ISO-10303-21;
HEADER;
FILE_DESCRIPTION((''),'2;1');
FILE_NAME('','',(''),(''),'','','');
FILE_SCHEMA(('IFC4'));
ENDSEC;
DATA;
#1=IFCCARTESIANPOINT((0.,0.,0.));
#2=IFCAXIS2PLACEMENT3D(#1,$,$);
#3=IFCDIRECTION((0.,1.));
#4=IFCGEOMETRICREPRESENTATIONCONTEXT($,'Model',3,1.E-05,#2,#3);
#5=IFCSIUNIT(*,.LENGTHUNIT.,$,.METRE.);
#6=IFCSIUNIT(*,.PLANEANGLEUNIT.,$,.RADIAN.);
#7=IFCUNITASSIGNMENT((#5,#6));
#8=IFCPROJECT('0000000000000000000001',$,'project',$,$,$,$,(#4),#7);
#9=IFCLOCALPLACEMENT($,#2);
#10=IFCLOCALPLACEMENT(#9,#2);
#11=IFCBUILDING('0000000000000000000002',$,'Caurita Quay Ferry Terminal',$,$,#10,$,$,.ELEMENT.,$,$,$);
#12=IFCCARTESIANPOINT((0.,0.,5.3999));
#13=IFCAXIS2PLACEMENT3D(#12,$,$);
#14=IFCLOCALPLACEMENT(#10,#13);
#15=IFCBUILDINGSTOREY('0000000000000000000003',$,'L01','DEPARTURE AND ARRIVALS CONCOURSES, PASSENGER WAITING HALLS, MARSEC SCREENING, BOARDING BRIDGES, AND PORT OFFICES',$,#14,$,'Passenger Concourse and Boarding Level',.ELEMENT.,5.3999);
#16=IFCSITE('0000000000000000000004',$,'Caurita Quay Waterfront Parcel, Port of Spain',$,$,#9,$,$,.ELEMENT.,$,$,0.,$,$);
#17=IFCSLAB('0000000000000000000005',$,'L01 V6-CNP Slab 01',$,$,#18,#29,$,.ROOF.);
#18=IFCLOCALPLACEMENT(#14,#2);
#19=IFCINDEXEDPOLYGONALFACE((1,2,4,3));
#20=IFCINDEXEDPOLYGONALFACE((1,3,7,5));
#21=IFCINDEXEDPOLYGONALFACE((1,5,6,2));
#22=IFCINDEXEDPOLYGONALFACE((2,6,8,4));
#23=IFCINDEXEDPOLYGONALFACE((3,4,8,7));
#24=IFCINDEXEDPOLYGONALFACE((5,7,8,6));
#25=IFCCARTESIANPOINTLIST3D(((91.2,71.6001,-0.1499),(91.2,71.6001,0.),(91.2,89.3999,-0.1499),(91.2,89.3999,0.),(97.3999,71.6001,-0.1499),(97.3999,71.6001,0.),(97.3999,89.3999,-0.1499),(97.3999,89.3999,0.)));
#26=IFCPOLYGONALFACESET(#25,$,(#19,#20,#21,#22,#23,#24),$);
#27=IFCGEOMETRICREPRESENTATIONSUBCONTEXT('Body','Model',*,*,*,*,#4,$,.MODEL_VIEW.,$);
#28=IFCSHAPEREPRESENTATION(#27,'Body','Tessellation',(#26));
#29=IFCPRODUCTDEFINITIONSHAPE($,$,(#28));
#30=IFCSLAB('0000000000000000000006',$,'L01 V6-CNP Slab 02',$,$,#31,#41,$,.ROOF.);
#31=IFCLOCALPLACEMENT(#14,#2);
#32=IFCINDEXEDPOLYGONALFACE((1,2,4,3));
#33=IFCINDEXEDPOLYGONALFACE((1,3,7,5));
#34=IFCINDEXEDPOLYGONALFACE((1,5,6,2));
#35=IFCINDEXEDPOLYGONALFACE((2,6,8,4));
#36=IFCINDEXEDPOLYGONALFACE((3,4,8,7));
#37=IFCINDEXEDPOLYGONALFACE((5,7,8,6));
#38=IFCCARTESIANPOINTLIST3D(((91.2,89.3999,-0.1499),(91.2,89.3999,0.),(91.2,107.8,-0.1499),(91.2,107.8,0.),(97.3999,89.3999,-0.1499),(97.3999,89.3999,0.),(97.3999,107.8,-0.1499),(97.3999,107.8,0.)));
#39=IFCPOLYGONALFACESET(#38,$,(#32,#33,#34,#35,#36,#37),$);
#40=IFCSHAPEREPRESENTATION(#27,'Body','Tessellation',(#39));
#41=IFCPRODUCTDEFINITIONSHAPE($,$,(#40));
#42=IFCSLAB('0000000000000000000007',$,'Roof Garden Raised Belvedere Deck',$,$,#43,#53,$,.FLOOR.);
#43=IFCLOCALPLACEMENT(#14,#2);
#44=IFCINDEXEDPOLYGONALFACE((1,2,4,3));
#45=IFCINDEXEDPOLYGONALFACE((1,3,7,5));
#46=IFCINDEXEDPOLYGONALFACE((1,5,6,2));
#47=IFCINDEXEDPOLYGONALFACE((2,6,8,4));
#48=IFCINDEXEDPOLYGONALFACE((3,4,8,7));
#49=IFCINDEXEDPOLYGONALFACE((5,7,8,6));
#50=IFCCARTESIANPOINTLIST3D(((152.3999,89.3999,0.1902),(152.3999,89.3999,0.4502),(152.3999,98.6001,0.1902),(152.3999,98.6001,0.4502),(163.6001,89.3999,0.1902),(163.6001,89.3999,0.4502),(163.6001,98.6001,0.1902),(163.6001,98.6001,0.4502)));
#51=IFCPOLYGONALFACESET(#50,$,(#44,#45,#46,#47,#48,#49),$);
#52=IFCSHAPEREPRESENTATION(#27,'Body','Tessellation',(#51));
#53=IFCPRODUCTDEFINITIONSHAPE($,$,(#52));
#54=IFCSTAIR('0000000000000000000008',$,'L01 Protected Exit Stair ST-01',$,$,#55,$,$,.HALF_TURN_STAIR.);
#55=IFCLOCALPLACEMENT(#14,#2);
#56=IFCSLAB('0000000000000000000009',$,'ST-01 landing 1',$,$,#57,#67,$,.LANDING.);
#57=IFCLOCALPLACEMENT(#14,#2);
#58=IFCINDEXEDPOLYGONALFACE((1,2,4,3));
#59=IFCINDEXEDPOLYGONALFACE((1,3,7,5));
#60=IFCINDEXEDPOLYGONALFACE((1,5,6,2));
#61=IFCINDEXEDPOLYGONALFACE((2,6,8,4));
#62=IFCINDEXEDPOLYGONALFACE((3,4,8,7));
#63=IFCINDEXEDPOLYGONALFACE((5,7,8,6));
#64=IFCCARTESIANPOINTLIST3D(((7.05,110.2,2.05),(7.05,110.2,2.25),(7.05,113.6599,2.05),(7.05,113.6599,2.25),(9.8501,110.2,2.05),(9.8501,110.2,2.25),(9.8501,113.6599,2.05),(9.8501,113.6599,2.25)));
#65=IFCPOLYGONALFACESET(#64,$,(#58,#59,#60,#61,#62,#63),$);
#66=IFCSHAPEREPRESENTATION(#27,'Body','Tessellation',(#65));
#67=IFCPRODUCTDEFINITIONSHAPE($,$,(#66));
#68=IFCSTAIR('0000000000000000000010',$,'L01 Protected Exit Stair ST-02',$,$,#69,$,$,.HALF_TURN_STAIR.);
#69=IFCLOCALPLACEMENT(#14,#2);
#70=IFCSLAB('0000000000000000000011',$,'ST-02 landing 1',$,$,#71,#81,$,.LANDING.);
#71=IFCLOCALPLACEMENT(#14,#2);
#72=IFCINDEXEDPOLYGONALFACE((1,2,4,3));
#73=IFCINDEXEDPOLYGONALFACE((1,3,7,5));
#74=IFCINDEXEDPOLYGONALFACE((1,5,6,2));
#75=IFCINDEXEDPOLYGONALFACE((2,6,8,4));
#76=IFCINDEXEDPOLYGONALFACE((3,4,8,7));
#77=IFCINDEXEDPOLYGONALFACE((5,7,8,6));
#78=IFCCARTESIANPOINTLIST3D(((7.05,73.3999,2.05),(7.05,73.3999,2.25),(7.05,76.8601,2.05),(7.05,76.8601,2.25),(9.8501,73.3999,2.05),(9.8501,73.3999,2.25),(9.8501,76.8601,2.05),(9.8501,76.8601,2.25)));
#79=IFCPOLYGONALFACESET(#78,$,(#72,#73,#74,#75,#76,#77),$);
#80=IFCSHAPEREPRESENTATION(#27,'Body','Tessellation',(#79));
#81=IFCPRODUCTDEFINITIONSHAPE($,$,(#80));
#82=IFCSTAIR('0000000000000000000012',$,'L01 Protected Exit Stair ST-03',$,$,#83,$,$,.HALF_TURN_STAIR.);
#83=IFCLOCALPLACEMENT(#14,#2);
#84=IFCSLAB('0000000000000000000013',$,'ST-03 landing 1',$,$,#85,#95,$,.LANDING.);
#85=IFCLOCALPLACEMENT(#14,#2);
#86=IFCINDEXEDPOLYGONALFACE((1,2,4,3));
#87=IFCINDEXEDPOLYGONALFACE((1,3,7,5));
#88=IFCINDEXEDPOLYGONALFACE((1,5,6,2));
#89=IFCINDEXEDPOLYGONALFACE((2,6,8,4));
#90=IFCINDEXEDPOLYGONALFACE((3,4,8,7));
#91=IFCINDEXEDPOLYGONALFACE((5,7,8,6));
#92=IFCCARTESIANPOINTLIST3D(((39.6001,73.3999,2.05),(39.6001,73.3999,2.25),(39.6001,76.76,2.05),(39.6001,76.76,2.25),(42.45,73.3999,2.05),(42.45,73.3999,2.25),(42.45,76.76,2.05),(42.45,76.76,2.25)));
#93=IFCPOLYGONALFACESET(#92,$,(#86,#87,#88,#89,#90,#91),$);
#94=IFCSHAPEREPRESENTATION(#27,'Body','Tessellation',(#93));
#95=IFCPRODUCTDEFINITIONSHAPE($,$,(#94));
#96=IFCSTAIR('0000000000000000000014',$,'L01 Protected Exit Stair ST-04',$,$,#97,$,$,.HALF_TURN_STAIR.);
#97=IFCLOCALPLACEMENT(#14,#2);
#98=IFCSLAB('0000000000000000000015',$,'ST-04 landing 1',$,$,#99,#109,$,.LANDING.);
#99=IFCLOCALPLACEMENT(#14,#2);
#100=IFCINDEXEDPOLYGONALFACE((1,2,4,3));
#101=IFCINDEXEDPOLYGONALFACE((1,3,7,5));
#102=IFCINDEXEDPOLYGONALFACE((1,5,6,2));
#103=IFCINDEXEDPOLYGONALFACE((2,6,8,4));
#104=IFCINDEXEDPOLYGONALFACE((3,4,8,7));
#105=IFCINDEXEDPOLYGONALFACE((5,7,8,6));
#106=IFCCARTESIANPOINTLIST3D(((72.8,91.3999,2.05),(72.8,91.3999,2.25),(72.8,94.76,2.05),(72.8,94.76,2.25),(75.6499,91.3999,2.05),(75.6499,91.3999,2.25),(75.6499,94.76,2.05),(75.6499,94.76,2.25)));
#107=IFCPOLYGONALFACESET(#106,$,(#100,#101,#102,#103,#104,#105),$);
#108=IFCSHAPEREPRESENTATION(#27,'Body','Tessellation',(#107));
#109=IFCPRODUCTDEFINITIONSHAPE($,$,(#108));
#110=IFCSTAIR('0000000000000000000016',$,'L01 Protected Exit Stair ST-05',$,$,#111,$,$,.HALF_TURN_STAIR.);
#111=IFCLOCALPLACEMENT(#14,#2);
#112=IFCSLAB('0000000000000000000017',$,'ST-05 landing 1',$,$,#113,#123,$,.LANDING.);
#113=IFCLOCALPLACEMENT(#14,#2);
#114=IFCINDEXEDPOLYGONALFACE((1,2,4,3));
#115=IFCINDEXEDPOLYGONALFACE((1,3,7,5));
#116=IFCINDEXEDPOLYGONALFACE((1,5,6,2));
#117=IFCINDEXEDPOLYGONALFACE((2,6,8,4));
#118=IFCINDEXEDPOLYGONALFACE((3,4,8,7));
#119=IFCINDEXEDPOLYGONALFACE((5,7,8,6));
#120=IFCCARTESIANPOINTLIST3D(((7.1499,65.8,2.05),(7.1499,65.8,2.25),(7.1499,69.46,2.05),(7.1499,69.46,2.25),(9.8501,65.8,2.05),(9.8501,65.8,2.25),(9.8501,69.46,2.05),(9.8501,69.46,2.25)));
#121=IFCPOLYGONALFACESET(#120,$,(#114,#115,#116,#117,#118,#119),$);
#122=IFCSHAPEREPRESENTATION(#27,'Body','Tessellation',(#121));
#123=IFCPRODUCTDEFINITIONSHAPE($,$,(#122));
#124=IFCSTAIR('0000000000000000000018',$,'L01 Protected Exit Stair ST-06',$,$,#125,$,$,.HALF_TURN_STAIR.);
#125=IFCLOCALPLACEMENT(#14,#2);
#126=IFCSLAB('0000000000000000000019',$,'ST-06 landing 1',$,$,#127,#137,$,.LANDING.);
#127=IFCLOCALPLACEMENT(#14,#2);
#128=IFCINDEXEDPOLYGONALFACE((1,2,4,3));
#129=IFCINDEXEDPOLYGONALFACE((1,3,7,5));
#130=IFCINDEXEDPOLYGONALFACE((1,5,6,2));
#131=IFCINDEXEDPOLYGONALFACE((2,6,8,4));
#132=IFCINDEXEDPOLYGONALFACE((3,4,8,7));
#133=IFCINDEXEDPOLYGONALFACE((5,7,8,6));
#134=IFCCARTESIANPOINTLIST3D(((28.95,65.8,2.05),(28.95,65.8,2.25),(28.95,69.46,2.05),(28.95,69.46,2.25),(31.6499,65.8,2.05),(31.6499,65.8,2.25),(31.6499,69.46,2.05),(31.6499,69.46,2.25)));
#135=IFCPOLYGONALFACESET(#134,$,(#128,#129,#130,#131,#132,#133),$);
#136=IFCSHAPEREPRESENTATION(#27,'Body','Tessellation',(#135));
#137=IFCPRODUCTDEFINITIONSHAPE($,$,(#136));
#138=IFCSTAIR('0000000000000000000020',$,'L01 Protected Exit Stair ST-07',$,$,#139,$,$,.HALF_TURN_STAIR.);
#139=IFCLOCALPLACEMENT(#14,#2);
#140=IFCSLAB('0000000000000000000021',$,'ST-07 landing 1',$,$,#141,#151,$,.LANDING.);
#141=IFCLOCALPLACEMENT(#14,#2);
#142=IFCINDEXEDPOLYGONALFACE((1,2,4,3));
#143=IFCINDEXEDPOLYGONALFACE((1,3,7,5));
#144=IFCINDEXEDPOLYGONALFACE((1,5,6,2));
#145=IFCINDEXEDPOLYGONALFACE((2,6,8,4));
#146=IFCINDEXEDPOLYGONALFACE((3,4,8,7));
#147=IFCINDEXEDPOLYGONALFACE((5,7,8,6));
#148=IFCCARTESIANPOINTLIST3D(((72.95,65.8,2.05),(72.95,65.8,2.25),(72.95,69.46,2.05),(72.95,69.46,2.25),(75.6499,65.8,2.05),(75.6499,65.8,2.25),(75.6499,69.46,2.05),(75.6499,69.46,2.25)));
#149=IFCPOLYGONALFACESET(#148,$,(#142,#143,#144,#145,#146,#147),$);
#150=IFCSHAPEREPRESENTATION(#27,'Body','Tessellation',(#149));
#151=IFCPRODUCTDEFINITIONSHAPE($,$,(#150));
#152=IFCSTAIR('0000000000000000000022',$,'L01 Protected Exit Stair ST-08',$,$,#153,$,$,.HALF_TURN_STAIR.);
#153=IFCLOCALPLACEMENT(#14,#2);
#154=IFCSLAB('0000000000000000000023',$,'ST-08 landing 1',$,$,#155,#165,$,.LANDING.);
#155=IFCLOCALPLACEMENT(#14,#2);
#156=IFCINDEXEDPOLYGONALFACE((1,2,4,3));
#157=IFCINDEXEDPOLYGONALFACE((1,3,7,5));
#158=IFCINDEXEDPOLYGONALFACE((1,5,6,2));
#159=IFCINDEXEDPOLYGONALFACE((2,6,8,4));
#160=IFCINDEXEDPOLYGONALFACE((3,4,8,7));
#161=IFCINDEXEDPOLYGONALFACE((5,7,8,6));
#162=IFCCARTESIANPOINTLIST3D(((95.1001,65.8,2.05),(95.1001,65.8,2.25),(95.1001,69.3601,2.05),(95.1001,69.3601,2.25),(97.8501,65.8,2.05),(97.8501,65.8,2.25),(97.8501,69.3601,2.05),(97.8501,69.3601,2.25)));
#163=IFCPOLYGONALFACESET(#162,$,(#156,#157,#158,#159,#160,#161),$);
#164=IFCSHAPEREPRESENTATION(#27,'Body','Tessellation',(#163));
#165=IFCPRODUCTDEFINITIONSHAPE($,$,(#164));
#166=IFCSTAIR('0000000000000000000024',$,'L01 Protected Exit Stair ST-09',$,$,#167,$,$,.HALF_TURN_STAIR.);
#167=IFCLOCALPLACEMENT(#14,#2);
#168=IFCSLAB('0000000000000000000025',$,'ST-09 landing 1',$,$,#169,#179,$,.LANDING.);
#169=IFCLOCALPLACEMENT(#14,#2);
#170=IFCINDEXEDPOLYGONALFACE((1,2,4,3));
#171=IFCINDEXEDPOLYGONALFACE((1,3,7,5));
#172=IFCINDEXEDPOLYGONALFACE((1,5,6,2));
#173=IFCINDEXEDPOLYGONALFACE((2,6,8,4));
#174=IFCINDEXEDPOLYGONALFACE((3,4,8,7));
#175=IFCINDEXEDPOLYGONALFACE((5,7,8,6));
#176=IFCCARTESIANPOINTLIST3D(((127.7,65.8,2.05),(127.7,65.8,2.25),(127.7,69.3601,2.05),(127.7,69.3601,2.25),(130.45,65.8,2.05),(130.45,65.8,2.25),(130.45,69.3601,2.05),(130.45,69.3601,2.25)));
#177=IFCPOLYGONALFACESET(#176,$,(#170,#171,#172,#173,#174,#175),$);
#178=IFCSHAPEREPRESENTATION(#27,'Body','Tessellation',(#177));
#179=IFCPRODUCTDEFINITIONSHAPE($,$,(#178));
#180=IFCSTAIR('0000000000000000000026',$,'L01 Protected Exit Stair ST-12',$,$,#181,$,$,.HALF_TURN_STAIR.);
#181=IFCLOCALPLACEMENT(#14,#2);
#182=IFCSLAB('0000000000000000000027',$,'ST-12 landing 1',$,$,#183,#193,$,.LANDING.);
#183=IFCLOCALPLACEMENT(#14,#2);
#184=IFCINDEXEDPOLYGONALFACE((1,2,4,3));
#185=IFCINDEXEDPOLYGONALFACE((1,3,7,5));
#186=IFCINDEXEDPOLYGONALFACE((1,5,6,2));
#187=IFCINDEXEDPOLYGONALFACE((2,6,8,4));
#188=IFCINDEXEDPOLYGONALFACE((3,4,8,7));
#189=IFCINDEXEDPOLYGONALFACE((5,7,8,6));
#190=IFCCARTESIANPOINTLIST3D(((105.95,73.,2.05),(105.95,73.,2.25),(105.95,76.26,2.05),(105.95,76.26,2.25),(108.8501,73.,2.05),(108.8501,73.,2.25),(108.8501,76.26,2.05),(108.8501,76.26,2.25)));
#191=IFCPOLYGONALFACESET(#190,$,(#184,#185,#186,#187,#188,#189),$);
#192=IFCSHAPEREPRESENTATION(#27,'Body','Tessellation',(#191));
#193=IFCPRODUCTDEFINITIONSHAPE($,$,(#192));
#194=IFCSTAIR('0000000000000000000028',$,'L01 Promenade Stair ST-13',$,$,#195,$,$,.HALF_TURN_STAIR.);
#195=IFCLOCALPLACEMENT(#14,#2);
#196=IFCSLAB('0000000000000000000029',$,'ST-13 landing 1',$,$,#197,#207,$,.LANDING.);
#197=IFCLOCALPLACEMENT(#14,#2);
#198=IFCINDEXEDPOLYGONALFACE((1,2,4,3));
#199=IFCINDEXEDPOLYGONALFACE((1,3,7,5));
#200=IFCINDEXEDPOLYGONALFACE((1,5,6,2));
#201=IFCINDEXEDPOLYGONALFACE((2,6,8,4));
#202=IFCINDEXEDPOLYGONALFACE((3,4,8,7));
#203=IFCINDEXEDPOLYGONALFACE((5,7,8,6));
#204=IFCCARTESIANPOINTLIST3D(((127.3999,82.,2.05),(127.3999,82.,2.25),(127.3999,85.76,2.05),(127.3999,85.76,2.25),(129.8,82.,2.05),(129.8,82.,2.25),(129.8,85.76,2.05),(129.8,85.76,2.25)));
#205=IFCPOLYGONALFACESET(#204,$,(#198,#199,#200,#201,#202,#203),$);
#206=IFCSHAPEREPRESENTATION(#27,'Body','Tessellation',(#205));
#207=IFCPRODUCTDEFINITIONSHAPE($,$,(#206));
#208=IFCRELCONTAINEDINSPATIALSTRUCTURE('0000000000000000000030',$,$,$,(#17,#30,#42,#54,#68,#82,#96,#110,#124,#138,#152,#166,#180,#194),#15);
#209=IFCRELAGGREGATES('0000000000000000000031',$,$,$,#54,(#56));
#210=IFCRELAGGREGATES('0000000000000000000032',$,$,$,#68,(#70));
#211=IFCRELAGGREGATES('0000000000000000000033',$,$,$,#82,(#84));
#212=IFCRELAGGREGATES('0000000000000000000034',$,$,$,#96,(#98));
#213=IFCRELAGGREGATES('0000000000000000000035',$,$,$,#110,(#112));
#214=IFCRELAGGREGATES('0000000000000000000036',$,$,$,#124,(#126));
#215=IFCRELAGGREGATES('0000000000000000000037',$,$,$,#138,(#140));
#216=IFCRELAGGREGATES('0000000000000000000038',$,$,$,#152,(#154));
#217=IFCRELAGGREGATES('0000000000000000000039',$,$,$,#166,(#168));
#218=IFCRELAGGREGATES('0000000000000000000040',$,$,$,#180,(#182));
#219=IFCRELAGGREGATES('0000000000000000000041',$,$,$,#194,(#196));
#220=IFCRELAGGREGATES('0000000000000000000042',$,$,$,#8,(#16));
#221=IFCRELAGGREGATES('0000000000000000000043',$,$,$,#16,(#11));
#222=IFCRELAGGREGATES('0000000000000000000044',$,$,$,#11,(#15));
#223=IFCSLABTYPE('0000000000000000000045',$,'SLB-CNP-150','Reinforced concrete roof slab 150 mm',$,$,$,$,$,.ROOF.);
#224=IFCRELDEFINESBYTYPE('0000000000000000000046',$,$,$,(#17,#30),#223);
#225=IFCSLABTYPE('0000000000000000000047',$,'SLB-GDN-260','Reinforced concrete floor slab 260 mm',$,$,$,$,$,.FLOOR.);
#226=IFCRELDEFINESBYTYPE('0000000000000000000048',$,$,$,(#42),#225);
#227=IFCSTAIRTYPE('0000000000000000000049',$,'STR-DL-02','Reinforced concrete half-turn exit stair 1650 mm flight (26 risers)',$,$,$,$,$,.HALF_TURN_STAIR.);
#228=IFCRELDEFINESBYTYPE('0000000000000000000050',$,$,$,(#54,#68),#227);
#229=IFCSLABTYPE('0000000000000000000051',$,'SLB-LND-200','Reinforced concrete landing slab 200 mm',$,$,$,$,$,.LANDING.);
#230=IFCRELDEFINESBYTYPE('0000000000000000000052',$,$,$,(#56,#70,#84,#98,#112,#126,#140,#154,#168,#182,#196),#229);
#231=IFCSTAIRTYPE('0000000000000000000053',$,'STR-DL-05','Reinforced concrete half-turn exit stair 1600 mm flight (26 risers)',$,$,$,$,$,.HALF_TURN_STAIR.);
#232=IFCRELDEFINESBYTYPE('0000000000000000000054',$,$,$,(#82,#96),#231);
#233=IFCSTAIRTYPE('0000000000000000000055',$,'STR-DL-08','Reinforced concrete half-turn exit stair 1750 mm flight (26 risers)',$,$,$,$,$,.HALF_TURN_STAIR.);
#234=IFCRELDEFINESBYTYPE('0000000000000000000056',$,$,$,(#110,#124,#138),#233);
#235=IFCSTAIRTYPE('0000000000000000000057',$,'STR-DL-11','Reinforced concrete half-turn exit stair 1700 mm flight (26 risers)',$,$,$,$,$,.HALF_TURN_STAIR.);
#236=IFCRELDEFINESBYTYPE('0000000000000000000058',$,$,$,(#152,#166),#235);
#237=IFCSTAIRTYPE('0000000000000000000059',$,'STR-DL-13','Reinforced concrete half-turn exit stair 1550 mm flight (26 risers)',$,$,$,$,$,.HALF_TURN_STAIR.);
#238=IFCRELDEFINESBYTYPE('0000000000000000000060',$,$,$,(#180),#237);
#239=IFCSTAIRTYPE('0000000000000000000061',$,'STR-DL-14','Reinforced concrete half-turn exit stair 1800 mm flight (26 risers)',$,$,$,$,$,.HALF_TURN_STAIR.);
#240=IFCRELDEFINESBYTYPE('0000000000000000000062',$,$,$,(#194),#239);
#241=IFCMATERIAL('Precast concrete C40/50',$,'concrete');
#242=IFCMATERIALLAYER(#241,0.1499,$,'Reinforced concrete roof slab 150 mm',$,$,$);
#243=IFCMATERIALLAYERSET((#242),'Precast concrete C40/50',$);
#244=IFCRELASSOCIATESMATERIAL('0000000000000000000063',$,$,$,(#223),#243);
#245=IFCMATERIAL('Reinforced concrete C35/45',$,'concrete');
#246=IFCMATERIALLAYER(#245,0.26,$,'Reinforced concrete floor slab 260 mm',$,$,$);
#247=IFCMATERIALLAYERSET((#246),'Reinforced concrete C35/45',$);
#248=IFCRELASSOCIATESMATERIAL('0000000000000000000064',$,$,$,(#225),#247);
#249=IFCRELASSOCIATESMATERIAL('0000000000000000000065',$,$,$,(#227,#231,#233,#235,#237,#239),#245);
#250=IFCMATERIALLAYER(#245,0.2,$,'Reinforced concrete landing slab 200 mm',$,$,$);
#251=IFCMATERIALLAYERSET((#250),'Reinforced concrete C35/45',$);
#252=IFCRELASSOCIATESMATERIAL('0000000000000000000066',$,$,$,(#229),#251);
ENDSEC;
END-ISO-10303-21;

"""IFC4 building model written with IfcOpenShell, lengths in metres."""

from ifc_helpers import new_model, si_unit, direction, frame, origin, place, context, subcontext, project, spatial, polyline, outline, extrude, material, layer, layer_set, type_object, element, aggregate, save


model = new_model("IFC4")

# Units and contexts
model_context = context("Model", 3, precision=1e-05, world=origin(), true_north=direction((0.0, 1.0)))
body_context = subcontext(model_context, "Body", "Model", "MODEL_VIEW")
ifc_project = project(units=[si_unit("LENGTHUNIT", "METRE"), si_unit("PLANEANGLEUNIT", "RADIAN")], contexts=[model_context])

# Site, building, storey
site_placement = place(None, origin())
site = spatial("IfcSite", under=ifc_project, at=site_placement, Name="Caurita Quay Waterfront Parcel, Port of Spain", CompositionType="ELEMENT", RefElevation=0.0)
building_placement = place(site_placement, origin())
building = spatial("IfcBuilding", under=site, at=building_placement, Name="Caurita Quay Ferry Terminal", CompositionType="ELEMENT")
storey_placement = place(building_placement, frame((0.0, 0.0, 5.3999)))
storey = spatial("IfcBuildingStorey", under=building, at=storey_placement, Name="L01", Description="DEPARTURE AND ARRIVALS CONCOURSES, PASSENGER WAITING HALLS, MARSEC SCREENING, BOARDING BRIDGES, AND PORT OFFICES", LongName="Passenger Concourse and Boarding Level", CompositionType="ELEMENT", Elevation=5.3999)

# Slabs
ifc_material_1 = material(Name="Precast concrete C40/50", Category="concrete")
ifc_layer_1 = layer(ifc_material_1, 0.1499, Name="Reinforced concrete roof slab 150 mm")
ifc_layer_set_1 = layer_set([ifc_layer_1], Name="Precast concrete C40/50")
slab_type_1 = type_object("IfcSlabType", Name="SLB-CNP-150", Description="Reinforced concrete roof slab 150 mm", PredefinedType="ROOF", material=ifc_layer_set_1)
slab_1_placement = place(storey_placement, frame((0.0, 0.0, -0.1499)))
element("IfcSlab", 1, at=slab_1_placement, inside=storey, type_object=slab_type_1, Name="L01 V6-CNP Slab 01", PredefinedType="ROOF", context=body_context, shape_type="SweptSolid", body=[
    extrude(outline(polyline([(91.2, 71.6001), (97.3999, 71.6001), (97.3999, 89.3999), (91.2, 89.3999), (91.2, 71.6001)])), origin(), (0.0, 0.0, 1.0), 0.1499),
])
slab_2_placement = place(storey_placement, frame((0.0, 0.0, -0.1499)))
element("IfcSlab", 2, at=slab_2_placement, inside=storey, type_object=slab_type_1, Name="L01 V6-CNP Slab 02", PredefinedType="ROOF", context=body_context, shape_type="SweptSolid", body=[
    extrude(outline(polyline([(91.2, 89.3999), (97.3999, 89.3999), (97.3999, 107.8), (91.2, 107.8), (91.2, 89.3999)])), origin(), (0.0, 0.0, 1.0), 0.1499),
])
ifc_material_2 = material(Name="Reinforced concrete C35/45", Category="concrete")
ifc_layer_2 = layer(ifc_material_2, 0.26, Name="Reinforced concrete floor slab 260 mm")
ifc_layer_set_2 = layer_set([ifc_layer_2], Name="Reinforced concrete C35/45")
slab_type_2 = type_object("IfcSlabType", Name="SLB-GDN-260", Description="Reinforced concrete floor slab 260 mm", PredefinedType="FLOOR", material=ifc_layer_set_2)
slab_3_placement = place(storey_placement, frame((0.0, 0.0, 0.1902)))
element("IfcSlab", 3, at=slab_3_placement, inside=storey, type_object=slab_type_2, Name="Roof Garden Raised Belvedere Deck", PredefinedType="FLOOR", context=body_context, shape_type="SweptSolid", body=[
    extrude(outline(polyline([(152.3999, 89.3999), (163.6001, 89.3999), (163.6001, 98.6001), (152.3999, 98.6001), (152.3999, 89.3999)])), origin(), (0.0, 0.0, 1.0), 0.26),
])

# Stairs, slabs
stair_type_1 = type_object("IfcStairType", Name="STR-DL-02", Description="Reinforced concrete half-turn exit stair 1650 mm flight (26 risers)", PredefinedType="HALF_TURN_STAIR", material=ifc_material_2)
stair_1_placement = place(storey_placement, origin())
stair_1 = element("IfcStair", 4, at=stair_1_placement, inside=storey, type_object=stair_type_1, Name="L01 Protected Exit Stair ST-01", PredefinedType="HALF_TURN_STAIR")
ifc_layer_3 = layer(ifc_material_2, 0.2, Name="Reinforced concrete landing slab 200 mm")
ifc_layer_set_3 = layer_set([ifc_layer_3], Name="Reinforced concrete C35/45")
slab_type_3 = type_object("IfcSlabType", Name="SLB-LND-200", Description="Reinforced concrete landing slab 200 mm", PredefinedType="LANDING", material=ifc_layer_set_3)
slab_4_placement = place(storey_placement, frame((0.0, 0.0, 2.05)))
slab_4 = element("IfcSlab", 5, at=slab_4_placement, type_object=slab_type_3, Name="ST-01 landing 1", PredefinedType="LANDING", context=body_context, shape_type="SweptSolid", body=[
    extrude(outline(polyline([(7.05, 110.2), (9.8501, 110.2), (9.8501, 113.6599), (7.05, 113.6599), (7.05, 110.2)])), origin(), (0.0, 0.0, 1.0), 0.2),
])
aggregate(stair_1, [slab_4])
stair_2_placement = place(storey_placement, origin())
stair_2 = element("IfcStair", 6, at=stair_2_placement, inside=storey, type_object=stair_type_1, Name="L01 Protected Exit Stair ST-02", PredefinedType="HALF_TURN_STAIR")
slab_5_placement = place(storey_placement, frame((0.0, 0.0, 2.05)))
slab_5 = element("IfcSlab", 7, at=slab_5_placement, type_object=slab_type_3, Name="ST-02 landing 1", PredefinedType="LANDING", context=body_context, shape_type="SweptSolid", body=[
    extrude(outline(polyline([(7.05, 73.3999), (9.8501, 73.3999), (9.8501, 76.8601), (7.05, 76.8601), (7.05, 73.3999)])), origin(), (0.0, 0.0, 1.0), 0.2),
])
aggregate(stair_2, [slab_5])
stair_type_2 = type_object("IfcStairType", Name="STR-DL-05", Description="Reinforced concrete half-turn exit stair 1600 mm flight (26 risers)", PredefinedType="HALF_TURN_STAIR", material=ifc_material_2)
stair_3_placement = place(storey_placement, origin())
stair_3 = element("IfcStair", 8, at=stair_3_placement, inside=storey, type_object=stair_type_2, Name="L01 Protected Exit Stair ST-03", PredefinedType="HALF_TURN_STAIR")
slab_6_placement = place(storey_placement, frame((0.0, 0.0, 2.05)))
slab_6 = element("IfcSlab", 9, at=slab_6_placement, type_object=slab_type_3, Name="ST-03 landing 1", PredefinedType="LANDING", context=body_context, shape_type="SweptSolid", body=[
    extrude(outline(polyline([(39.6001, 73.3999), (42.45, 73.3999), (42.45, 76.76), (39.6001, 76.76), (39.6001, 73.3999)])), origin(), (0.0, 0.0, 1.0), 0.2),
])
aggregate(stair_3, [slab_6])
stair_4_placement = place(storey_placement, origin())
stair_4 = element("IfcStair", 10, at=stair_4_placement, inside=storey, type_object=stair_type_2, Name="L01 Protected Exit Stair ST-04", PredefinedType="HALF_TURN_STAIR")
slab_7_placement = place(storey_placement, frame((0.0, 0.0, 2.05)))
slab_7 = element("IfcSlab", 11, at=slab_7_placement, type_object=slab_type_3, Name="ST-04 landing 1", PredefinedType="LANDING", context=body_context, shape_type="SweptSolid", body=[
    extrude(outline(polyline([(72.8, 91.3999), (75.6499, 91.3999), (75.6499, 94.76), (72.8, 94.76), (72.8, 91.3999)])), origin(), (0.0, 0.0, 1.0), 0.2),
])
aggregate(stair_4, [slab_7])
stair_type_3 = type_object("IfcStairType", Name="STR-DL-08", Description="Reinforced concrete half-turn exit stair 1750 mm flight (26 risers)", PredefinedType="HALF_TURN_STAIR", material=ifc_material_2)
stair_5_placement = place(storey_placement, origin())
stair_5 = element("IfcStair", 12, at=stair_5_placement, inside=storey, type_object=stair_type_3, Name="L01 Protected Exit Stair ST-05", PredefinedType="HALF_TURN_STAIR")
slab_8_placement = place(storey_placement, frame((0.0, 0.0, 2.05)))
slab_8 = element("IfcSlab", 13, at=slab_8_placement, type_object=slab_type_3, Name="ST-05 landing 1", PredefinedType="LANDING", context=body_context, shape_type="SweptSolid", body=[
    extrude(outline(polyline([(7.1499, 65.8), (9.8501, 65.8), (9.8501, 69.46), (7.1499, 69.46), (7.1499, 65.8)])), origin(), (0.0, 0.0, 1.0), 0.2),
])
aggregate(stair_5, [slab_8])
stair_6_placement = place(storey_placement, origin())
stair_6 = element("IfcStair", 14, at=stair_6_placement, inside=storey, type_object=stair_type_3, Name="L01 Protected Exit Stair ST-06", PredefinedType="HALF_TURN_STAIR")
slab_9_placement = place(storey_placement, frame((0.0, 0.0, 2.05)))
slab_9 = element("IfcSlab", 15, at=slab_9_placement, type_object=slab_type_3, Name="ST-06 landing 1", PredefinedType="LANDING", context=body_context, shape_type="SweptSolid", body=[
    extrude(outline(polyline([(28.95, 65.8), (31.6499, 65.8), (31.6499, 69.46), (28.95, 69.46), (28.95, 65.8)])), origin(), (0.0, 0.0, 1.0), 0.2),
])
aggregate(stair_6, [slab_9])
stair_7_placement = place(storey_placement, origin())
stair_7 = element("IfcStair", 16, at=stair_7_placement, inside=storey, type_object=stair_type_3, Name="L01 Protected Exit Stair ST-07", PredefinedType="HALF_TURN_STAIR")
slab_10_placement = place(storey_placement, frame((0.0, 0.0, 2.05)))
slab_10 = element("IfcSlab", 17, at=slab_10_placement, type_object=slab_type_3, Name="ST-07 landing 1", PredefinedType="LANDING", context=body_context, shape_type="SweptSolid", body=[
    extrude(outline(polyline([(72.95, 65.8), (75.6499, 65.8), (75.6499, 69.46), (72.95, 69.46), (72.95, 65.8)])), origin(), (0.0, 0.0, 1.0), 0.2),
])
aggregate(stair_7, [slab_10])
stair_type_4 = type_object("IfcStairType", Name="STR-DL-11", Description="Reinforced concrete half-turn exit stair 1700 mm flight (26 risers)", PredefinedType="HALF_TURN_STAIR", material=ifc_material_2)
stair_8_placement = place(storey_placement, origin())
stair_8 = element("IfcStair", 18, at=stair_8_placement, inside=storey, type_object=stair_type_4, Name="L01 Protected Exit Stair ST-08", PredefinedType="HALF_TURN_STAIR")
slab_11_placement = place(storey_placement, frame((0.0, 0.0, 2.05)))
slab_11 = element("IfcSlab", 19, at=slab_11_placement, type_object=slab_type_3, Name="ST-08 landing 1", PredefinedType="LANDING", context=body_context, shape_type="SweptSolid", body=[
    extrude(outline(polyline([(95.1001, 65.8), (97.8501, 65.8), (97.8501, 69.3601), (95.1001, 69.3601), (95.1001, 65.8)])), origin(), (0.0, 0.0, 1.0), 0.2),
])
aggregate(stair_8, [slab_11])
stair_9_placement = place(storey_placement, origin())
stair_9 = element("IfcStair", 20, at=stair_9_placement, inside=storey, type_object=stair_type_4, Name="L01 Protected Exit Stair ST-09", PredefinedType="HALF_TURN_STAIR")
slab_12_placement = place(storey_placement, frame((0.0, 0.0, 2.05)))
slab_12 = element("IfcSlab", 21, at=slab_12_placement, type_object=slab_type_3, Name="ST-09 landing 1", PredefinedType="LANDING", context=body_context, shape_type="SweptSolid", body=[
    extrude(outline(polyline([(127.7, 65.8), (130.45, 65.8), (130.45, 69.3601), (127.7, 69.3601), (127.7, 65.8)])), origin(), (0.0, 0.0, 1.0), 0.2),
])
aggregate(stair_9, [slab_12])
stair_type_5 = type_object("IfcStairType", Name="STR-DL-13", Description="Reinforced concrete half-turn exit stair 1550 mm flight (26 risers)", PredefinedType="HALF_TURN_STAIR", material=ifc_material_2)
stair_10_placement = place(storey_placement, origin())
stair_10 = element("IfcStair", 22, at=stair_10_placement, inside=storey, type_object=stair_type_5, Name="L01 Protected Exit Stair ST-12", PredefinedType="HALF_TURN_STAIR")
slab_13_placement = place(storey_placement, frame((0.0, 0.0, 2.05)))
slab_13 = element("IfcSlab", 23, at=slab_13_placement, type_object=slab_type_3, Name="ST-12 landing 1", PredefinedType="LANDING", context=body_context, shape_type="SweptSolid", body=[
    extrude(outline(polyline([(105.95, 73.0), (108.8501, 73.0), (108.8501, 76.26), (105.95, 76.26), (105.95, 73.0)])), origin(), (0.0, 0.0, 1.0), 0.2),
])
aggregate(stair_10, [slab_13])
stair_type_6 = type_object("IfcStairType", Name="STR-DL-14", Description="Reinforced concrete half-turn exit stair 1800 mm flight (26 risers)", PredefinedType="HALF_TURN_STAIR", material=ifc_material_2)
stair_11_placement = place(storey_placement, origin())
stair_11 = element("IfcStair", 24, at=stair_11_placement, inside=storey, type_object=stair_type_6, Name="L01 Promenade Stair ST-13", PredefinedType="HALF_TURN_STAIR")
slab_14_placement = place(storey_placement, frame((0.0, 0.0, 2.05)))
slab_14 = element("IfcSlab", 25, at=slab_14_placement, type_object=slab_type_3, Name="ST-13 landing 1", PredefinedType="LANDING", context=body_context, shape_type="SweptSolid", body=[
    extrude(outline(polyline([(127.3999, 82.0), (129.8, 82.0), (129.8, 85.76), (127.3999, 85.76), (127.3999, 82.0)])), origin(), (0.0, 0.0, 1.0), 0.2),
])
aggregate(stair_11, [slab_14])

save(model, "model.ifc")
